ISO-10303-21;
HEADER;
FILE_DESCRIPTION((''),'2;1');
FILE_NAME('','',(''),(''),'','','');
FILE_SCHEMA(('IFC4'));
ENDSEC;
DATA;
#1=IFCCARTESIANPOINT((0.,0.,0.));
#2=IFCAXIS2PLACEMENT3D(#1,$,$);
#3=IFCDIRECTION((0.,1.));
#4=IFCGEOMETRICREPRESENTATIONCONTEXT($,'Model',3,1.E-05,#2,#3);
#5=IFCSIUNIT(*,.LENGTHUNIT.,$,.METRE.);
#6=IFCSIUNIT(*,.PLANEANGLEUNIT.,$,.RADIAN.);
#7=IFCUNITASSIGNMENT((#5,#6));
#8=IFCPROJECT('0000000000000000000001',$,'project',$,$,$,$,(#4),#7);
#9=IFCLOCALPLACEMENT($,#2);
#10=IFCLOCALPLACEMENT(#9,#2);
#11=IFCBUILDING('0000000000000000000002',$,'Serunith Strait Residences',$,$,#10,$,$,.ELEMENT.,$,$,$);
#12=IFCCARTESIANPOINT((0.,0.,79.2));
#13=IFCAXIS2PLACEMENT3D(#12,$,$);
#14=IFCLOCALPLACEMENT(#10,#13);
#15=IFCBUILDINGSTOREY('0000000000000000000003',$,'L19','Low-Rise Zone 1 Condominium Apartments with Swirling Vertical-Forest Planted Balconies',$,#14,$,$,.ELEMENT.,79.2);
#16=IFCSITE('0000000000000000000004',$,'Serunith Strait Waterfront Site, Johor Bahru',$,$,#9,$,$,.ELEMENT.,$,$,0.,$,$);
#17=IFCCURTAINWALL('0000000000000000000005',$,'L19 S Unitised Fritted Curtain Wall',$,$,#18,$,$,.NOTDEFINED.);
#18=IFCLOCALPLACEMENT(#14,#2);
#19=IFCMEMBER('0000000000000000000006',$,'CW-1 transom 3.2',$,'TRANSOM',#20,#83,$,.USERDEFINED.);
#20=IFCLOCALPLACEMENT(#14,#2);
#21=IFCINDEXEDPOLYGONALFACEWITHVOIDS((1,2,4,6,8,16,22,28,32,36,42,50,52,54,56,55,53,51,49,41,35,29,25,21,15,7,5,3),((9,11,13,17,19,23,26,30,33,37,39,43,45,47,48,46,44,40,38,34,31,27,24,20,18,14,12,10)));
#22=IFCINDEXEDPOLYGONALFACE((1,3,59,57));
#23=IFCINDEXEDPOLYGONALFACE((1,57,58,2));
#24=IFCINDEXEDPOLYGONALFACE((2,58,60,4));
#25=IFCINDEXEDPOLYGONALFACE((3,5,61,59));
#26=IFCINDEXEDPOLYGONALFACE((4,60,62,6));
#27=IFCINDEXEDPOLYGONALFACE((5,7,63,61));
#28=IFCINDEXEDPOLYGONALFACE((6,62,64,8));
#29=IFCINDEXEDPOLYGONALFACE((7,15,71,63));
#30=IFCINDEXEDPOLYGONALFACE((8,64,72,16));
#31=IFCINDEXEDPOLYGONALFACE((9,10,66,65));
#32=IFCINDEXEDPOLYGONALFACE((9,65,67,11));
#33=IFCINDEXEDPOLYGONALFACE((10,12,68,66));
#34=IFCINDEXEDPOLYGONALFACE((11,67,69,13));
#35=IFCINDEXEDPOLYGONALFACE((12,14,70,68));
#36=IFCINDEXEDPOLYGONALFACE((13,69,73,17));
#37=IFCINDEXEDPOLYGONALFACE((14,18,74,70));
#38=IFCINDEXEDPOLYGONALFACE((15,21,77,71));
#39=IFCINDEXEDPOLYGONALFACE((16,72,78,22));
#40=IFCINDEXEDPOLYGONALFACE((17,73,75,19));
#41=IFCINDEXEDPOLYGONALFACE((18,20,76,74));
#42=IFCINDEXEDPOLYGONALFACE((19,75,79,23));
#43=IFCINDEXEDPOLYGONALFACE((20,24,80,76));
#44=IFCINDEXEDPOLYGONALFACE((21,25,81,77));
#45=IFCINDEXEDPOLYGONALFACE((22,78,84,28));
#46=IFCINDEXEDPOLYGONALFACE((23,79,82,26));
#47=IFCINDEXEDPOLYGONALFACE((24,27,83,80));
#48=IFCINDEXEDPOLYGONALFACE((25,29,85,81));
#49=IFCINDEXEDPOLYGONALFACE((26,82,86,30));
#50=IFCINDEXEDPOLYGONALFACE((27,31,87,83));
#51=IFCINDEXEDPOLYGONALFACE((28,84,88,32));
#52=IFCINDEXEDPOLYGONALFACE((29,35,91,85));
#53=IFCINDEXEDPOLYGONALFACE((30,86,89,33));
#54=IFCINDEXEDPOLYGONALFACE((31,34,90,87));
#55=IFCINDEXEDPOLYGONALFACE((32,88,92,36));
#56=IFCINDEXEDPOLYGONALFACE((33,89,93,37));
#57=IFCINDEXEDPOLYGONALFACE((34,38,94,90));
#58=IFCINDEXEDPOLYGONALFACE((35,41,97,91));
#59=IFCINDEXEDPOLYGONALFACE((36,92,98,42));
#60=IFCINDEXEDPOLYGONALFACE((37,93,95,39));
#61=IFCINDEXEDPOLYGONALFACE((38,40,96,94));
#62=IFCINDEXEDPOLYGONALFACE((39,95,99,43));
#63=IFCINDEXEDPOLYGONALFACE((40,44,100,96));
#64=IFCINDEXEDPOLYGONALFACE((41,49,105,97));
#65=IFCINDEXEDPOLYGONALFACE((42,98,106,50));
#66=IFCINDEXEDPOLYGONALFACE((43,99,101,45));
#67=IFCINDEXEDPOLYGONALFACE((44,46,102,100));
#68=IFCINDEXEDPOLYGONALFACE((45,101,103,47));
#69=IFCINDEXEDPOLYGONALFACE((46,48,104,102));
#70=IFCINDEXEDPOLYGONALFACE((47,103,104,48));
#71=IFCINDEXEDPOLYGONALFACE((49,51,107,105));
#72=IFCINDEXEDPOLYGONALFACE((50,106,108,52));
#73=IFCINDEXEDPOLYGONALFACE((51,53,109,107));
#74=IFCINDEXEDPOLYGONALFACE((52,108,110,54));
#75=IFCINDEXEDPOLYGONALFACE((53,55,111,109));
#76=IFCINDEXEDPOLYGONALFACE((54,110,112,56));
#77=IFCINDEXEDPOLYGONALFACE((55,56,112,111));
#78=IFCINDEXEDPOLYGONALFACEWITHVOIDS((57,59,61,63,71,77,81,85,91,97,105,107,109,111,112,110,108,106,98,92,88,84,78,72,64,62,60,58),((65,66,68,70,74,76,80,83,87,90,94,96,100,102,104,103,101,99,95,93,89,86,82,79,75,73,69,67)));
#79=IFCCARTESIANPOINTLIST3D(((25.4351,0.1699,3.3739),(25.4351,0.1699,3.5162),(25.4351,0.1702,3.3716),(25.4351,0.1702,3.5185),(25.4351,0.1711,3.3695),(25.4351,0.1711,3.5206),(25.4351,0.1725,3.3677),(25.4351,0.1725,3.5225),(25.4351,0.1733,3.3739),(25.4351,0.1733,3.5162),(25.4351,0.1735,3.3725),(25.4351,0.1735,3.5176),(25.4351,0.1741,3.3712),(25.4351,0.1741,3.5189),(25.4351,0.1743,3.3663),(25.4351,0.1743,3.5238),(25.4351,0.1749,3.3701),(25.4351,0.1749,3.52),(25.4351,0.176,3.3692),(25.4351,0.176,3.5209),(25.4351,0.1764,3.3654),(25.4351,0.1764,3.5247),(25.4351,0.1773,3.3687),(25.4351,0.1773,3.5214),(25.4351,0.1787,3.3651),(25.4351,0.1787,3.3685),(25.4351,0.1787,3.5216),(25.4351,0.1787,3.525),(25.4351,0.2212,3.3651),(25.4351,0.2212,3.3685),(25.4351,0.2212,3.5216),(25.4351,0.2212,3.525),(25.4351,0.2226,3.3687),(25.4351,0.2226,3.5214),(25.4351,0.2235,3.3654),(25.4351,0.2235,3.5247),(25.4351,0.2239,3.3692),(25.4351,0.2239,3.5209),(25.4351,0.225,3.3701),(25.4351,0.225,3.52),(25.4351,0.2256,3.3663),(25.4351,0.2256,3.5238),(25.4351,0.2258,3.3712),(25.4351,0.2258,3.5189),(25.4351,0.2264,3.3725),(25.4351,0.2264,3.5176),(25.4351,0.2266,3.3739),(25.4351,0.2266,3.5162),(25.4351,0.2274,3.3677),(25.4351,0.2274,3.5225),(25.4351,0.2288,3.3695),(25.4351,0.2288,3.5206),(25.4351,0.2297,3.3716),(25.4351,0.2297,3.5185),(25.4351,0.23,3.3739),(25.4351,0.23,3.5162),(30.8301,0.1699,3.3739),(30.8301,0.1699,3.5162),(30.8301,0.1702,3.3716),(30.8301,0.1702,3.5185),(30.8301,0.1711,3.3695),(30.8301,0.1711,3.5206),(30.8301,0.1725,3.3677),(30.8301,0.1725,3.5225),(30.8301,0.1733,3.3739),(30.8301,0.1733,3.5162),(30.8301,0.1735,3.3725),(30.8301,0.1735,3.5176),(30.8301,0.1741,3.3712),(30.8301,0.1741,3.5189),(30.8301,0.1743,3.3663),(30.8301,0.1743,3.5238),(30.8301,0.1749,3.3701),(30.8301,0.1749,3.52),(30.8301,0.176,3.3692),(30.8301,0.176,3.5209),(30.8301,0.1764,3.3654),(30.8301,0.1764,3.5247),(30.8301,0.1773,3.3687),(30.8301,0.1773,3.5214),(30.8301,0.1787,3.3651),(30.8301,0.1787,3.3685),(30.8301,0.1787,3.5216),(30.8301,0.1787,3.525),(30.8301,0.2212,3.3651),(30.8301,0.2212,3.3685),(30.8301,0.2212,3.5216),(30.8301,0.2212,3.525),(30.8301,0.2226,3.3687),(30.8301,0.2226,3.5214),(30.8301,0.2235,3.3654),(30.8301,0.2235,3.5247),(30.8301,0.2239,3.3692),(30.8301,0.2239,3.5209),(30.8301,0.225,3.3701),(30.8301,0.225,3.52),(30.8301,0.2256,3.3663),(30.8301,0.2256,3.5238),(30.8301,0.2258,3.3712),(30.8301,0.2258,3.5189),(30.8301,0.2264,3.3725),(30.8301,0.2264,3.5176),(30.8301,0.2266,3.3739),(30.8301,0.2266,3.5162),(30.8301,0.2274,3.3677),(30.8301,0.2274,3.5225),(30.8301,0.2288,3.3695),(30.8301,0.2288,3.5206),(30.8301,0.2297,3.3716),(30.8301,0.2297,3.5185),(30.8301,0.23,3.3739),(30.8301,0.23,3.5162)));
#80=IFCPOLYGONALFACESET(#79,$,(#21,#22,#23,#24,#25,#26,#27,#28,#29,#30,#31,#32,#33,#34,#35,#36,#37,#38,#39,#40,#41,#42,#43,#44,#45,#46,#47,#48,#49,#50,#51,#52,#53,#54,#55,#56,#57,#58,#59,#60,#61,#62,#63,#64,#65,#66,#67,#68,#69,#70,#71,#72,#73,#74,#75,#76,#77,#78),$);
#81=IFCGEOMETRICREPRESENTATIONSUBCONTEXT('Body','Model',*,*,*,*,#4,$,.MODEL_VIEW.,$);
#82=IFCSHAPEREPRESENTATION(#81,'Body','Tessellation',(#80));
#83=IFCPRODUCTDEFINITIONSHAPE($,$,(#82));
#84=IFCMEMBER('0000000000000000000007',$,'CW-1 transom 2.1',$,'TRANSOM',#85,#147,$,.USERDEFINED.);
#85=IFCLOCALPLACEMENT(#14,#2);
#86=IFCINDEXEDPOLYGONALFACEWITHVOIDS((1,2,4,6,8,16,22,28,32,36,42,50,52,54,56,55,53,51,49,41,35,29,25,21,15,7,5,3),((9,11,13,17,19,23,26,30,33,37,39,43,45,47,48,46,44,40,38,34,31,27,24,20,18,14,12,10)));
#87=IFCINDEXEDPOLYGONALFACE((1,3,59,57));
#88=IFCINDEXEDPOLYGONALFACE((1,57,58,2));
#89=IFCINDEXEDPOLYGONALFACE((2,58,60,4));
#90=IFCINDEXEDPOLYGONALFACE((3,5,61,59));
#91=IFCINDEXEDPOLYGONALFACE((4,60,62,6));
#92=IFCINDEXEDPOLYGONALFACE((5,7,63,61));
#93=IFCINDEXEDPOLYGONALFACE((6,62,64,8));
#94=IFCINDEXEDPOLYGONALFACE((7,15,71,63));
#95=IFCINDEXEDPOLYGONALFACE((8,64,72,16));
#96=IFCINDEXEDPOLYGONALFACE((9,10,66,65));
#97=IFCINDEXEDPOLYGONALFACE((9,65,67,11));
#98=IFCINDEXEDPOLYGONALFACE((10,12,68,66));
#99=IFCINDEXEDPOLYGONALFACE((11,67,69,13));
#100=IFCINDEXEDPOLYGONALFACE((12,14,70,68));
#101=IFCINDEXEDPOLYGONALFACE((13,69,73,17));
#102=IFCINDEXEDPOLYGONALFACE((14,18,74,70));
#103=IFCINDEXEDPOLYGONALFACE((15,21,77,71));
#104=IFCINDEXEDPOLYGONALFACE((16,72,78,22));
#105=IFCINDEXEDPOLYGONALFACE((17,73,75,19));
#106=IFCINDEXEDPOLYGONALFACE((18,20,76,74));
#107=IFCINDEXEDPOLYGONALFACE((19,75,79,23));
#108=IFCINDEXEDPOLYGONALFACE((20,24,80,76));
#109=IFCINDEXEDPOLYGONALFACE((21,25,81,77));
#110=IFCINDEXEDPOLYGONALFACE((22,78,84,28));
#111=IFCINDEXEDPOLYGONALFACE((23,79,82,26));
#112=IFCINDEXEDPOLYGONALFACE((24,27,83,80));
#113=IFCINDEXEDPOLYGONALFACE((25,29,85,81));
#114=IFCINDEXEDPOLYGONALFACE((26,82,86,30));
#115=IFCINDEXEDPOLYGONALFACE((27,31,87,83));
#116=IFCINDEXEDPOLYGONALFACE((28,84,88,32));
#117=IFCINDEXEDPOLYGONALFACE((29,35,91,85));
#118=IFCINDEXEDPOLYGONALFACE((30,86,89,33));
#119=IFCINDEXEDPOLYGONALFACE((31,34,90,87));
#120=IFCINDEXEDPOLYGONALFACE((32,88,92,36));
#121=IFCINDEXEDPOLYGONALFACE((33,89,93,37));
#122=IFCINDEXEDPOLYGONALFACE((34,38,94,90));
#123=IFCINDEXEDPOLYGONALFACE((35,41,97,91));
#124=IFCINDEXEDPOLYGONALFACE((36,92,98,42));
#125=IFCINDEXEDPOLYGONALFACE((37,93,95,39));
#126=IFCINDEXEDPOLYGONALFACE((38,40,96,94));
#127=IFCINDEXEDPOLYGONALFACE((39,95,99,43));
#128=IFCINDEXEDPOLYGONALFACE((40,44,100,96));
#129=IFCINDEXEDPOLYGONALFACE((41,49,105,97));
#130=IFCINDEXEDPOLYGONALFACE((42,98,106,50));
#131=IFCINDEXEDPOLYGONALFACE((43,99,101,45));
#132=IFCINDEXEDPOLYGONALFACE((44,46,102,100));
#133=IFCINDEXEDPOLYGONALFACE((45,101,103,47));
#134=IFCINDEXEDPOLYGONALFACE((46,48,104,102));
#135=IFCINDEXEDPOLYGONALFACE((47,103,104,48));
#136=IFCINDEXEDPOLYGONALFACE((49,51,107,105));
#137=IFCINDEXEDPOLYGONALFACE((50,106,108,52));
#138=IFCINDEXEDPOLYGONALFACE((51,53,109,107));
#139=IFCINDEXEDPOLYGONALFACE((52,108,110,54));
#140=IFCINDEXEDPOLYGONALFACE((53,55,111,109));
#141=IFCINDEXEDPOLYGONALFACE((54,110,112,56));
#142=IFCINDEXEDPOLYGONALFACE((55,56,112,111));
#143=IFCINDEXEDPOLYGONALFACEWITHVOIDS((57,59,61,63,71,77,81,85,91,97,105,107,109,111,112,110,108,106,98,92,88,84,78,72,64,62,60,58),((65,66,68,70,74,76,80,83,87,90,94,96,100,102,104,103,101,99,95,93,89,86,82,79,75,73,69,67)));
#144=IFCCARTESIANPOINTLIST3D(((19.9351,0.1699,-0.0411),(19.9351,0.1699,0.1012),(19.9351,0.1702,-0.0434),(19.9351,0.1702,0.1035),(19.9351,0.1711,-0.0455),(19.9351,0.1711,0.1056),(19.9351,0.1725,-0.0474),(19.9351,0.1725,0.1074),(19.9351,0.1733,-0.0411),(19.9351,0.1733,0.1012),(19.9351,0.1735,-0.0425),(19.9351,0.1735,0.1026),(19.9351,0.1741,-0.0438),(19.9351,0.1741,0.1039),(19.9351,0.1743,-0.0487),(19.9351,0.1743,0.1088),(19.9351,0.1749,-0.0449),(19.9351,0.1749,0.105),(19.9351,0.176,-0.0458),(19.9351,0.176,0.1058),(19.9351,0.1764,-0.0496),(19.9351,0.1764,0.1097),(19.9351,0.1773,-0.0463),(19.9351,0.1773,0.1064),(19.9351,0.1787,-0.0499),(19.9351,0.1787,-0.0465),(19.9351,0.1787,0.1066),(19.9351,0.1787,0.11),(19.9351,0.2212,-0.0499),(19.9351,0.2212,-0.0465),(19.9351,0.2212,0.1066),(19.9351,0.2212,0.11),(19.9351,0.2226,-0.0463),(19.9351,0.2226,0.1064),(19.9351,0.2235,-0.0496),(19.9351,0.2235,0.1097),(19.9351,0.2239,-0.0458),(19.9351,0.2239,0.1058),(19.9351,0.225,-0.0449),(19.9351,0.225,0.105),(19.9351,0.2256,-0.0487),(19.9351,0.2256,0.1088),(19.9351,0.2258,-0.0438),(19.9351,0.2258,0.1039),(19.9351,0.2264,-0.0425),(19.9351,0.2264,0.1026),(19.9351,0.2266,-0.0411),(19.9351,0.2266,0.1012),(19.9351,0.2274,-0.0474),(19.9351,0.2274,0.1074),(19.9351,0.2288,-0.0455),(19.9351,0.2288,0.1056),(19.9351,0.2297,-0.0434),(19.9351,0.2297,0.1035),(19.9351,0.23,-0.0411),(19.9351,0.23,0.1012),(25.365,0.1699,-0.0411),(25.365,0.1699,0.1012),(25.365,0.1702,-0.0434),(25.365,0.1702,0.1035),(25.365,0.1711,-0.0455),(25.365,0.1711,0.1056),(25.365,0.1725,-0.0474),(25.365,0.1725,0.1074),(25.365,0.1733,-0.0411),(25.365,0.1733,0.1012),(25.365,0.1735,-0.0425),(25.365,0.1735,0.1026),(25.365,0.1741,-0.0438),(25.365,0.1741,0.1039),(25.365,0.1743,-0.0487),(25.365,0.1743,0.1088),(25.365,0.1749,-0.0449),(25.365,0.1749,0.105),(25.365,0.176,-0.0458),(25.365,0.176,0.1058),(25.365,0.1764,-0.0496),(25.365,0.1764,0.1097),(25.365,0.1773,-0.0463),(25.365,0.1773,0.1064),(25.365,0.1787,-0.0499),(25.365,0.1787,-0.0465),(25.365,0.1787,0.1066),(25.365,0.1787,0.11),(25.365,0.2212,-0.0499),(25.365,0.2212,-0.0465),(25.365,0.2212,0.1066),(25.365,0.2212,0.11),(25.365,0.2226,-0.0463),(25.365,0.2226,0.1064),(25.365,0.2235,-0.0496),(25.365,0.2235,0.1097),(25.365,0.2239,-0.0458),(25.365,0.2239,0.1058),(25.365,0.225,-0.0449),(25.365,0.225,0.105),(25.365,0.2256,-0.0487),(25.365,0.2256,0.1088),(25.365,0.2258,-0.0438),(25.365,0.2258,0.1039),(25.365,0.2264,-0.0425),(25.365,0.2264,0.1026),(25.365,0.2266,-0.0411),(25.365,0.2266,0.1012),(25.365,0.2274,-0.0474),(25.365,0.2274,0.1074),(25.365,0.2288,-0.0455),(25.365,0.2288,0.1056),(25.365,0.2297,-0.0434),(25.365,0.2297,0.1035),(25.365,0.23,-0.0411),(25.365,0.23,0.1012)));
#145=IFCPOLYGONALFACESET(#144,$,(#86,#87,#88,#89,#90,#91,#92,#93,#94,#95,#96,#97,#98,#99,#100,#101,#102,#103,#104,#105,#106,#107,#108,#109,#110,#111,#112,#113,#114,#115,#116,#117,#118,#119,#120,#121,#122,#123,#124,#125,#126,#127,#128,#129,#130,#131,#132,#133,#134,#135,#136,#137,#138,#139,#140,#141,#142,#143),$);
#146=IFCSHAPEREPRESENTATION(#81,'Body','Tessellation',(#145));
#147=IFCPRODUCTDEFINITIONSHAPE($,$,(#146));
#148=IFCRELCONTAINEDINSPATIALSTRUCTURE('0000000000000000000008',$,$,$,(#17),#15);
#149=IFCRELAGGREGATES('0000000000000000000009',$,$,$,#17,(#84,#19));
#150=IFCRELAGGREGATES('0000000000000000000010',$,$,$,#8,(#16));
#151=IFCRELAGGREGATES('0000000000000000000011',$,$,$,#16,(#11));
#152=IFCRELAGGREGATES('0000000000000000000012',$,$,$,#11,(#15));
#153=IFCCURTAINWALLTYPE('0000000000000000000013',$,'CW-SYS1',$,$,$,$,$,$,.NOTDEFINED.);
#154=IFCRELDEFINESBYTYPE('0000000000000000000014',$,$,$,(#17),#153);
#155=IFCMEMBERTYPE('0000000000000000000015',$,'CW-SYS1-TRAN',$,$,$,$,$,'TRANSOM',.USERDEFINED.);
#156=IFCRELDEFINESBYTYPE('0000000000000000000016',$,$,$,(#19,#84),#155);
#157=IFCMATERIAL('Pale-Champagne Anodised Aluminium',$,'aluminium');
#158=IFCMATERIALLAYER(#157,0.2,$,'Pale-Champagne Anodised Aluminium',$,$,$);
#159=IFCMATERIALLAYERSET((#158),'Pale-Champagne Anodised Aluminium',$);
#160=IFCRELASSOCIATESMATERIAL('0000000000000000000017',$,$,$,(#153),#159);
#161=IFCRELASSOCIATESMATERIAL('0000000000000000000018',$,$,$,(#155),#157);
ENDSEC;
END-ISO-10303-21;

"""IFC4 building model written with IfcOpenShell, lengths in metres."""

from ifc_helpers import new_model, si_unit, direction, frame, origin, origin_2d, place, context, subcontext, project, spatial, hollow_rectangle, extrude, source, transform, mapped, material, layer, layer_set, material_profile, profile_set, type_object, element, aggregate, save


model = new_model("IFC4")

# Units and contexts
model_context = context("Model", 3, precision=1e-05, world=origin(), true_north=direction((0.0, 1.0)))
body_context = subcontext(model_context, "Body", "Model", "MODEL_VIEW")
ifc_project = project(units=[si_unit("LENGTHUNIT", "METRE"), si_unit("PLANEANGLEUNIT", "RADIAN")], contexts=[model_context])

# Site, building, storey
site_placement = place(None, origin())
site = spatial("IfcSite", under=ifc_project, at=site_placement, Name="Serunith Strait Waterfront Site, Johor Bahru", CompositionType="ELEMENT", RefElevation=0.0)
building_placement = place(site_placement, origin())
building = spatial("IfcBuilding", under=site, at=building_placement, Name="Serunith Strait Residences", CompositionType="ELEMENT")
storey_placement = place(building_placement, frame((0.0, 0.0, 79.2)))
storey = spatial("IfcBuildingStorey", under=building, at=storey_placement, Name="L19", Description="Low-Rise Zone 1 Condominium Apartments with Swirling Vertical-Forest Planted Balconies", CompositionType="ELEMENT", Elevation=79.2)

# Curtain wall, members
ifc_material_1 = material(Name="Pale-Champagne Anodised Aluminium", Category="aluminium")
ifc_layer_1 = layer(ifc_material_1, 0.2, Name="Pale-Champagne Anodised Aluminium")
ifc_layer_set_1 = layer_set([ifc_layer_1], Name="Pale-Champagne Anodised Aluminium")
curtain_wall_type = type_object("IfcCurtainWallType", Name="CW-SYS1", PredefinedType="NOTDEFINED", material=ifc_layer_set_1)
curtain_wall_placement = place(storey_placement, origin())
curtain_wall = element("IfcCurtainWall", 1, at=curtain_wall_placement, inside=storey, type_object=curtain_wall_type, Name="L19 S Unitised Fritted Curtain Wall", PredefinedType="NOTDEFINED")
ifc_material_profile_1 = material_profile(ifc_material_1, hollow_rectangle(XDim=0.0601, YDim=0.1599, WallThickness=0.0034, InnerFilletRadius=0.0054, OuterFilletRadius=0.0088, at=origin_2d()), Name="ALU 160x60x3.5")
ifc_profile_set_1 = profile_set([ifc_material_profile_1], Name="Pale-Champagne Anodised Aluminium")
member_type_1 = type_object("IfcMemberType", Name="CW-SYS1-TRAN", ElementType="TRANSOM", PredefinedType="USERDEFINED", material=ifc_profile_set_1)
shared_shape_1 = source(origin(), body_context, "Body", "SweptSolid", [
    extrude(hollow_rectangle(XDim=0.0601, YDim=0.1599, WallThickness=0.0034, InnerFilletRadius=0.0054, OuterFilletRadius=0.0088, at=origin_2d()), origin(), (0.0, 0.0, 1.0), 5.395),
])
member_1_placement = place(storey_placement, frame((25.4351, 0.2, 3.4451), z_axis=(1.0, 0.0, 0.0), x_axis=(0.0, 1.0, 0.0)))
member_1 = element("IfcMember", 2, at=member_1_placement, type_object=member_type_1, Name="CW-1 transom 3.2", ObjectType="TRANSOM", PredefinedType="USERDEFINED", context=body_context, shape_type="MappedRepresentation", body=[
    mapped(shared_shape_1, transform((0.0, 0.0, 0.0), scale=1.0)),
])
shared_shape_2 = source(origin(), body_context, "Body", "SweptSolid", [
    extrude(hollow_rectangle(XDim=0.0601, YDim=0.1599, WallThickness=0.0034, InnerFilletRadius=0.0054, OuterFilletRadius=0.0088, at=origin_2d()), origin(), (0.0, 0.0, 1.0), 5.4299),
])
member_2_placement = place(storey_placement, frame((19.9351, 0.2, 0.03), z_axis=(1.0, 0.0, 0.0), x_axis=(0.0, 1.0, 0.0)))
member_2 = element("IfcMember", 3, at=member_2_placement, type_object=member_type_1, Name="CW-1 transom 2.1", ObjectType="TRANSOM", PredefinedType="USERDEFINED", context=body_context, shape_type="MappedRepresentation", body=[
    mapped(shared_shape_2, transform((0.0, 0.0, 0.0), scale=1.0)),
])
aggregate(curtain_wall, [member_2, member_1])

save(model, "model.ifc")
